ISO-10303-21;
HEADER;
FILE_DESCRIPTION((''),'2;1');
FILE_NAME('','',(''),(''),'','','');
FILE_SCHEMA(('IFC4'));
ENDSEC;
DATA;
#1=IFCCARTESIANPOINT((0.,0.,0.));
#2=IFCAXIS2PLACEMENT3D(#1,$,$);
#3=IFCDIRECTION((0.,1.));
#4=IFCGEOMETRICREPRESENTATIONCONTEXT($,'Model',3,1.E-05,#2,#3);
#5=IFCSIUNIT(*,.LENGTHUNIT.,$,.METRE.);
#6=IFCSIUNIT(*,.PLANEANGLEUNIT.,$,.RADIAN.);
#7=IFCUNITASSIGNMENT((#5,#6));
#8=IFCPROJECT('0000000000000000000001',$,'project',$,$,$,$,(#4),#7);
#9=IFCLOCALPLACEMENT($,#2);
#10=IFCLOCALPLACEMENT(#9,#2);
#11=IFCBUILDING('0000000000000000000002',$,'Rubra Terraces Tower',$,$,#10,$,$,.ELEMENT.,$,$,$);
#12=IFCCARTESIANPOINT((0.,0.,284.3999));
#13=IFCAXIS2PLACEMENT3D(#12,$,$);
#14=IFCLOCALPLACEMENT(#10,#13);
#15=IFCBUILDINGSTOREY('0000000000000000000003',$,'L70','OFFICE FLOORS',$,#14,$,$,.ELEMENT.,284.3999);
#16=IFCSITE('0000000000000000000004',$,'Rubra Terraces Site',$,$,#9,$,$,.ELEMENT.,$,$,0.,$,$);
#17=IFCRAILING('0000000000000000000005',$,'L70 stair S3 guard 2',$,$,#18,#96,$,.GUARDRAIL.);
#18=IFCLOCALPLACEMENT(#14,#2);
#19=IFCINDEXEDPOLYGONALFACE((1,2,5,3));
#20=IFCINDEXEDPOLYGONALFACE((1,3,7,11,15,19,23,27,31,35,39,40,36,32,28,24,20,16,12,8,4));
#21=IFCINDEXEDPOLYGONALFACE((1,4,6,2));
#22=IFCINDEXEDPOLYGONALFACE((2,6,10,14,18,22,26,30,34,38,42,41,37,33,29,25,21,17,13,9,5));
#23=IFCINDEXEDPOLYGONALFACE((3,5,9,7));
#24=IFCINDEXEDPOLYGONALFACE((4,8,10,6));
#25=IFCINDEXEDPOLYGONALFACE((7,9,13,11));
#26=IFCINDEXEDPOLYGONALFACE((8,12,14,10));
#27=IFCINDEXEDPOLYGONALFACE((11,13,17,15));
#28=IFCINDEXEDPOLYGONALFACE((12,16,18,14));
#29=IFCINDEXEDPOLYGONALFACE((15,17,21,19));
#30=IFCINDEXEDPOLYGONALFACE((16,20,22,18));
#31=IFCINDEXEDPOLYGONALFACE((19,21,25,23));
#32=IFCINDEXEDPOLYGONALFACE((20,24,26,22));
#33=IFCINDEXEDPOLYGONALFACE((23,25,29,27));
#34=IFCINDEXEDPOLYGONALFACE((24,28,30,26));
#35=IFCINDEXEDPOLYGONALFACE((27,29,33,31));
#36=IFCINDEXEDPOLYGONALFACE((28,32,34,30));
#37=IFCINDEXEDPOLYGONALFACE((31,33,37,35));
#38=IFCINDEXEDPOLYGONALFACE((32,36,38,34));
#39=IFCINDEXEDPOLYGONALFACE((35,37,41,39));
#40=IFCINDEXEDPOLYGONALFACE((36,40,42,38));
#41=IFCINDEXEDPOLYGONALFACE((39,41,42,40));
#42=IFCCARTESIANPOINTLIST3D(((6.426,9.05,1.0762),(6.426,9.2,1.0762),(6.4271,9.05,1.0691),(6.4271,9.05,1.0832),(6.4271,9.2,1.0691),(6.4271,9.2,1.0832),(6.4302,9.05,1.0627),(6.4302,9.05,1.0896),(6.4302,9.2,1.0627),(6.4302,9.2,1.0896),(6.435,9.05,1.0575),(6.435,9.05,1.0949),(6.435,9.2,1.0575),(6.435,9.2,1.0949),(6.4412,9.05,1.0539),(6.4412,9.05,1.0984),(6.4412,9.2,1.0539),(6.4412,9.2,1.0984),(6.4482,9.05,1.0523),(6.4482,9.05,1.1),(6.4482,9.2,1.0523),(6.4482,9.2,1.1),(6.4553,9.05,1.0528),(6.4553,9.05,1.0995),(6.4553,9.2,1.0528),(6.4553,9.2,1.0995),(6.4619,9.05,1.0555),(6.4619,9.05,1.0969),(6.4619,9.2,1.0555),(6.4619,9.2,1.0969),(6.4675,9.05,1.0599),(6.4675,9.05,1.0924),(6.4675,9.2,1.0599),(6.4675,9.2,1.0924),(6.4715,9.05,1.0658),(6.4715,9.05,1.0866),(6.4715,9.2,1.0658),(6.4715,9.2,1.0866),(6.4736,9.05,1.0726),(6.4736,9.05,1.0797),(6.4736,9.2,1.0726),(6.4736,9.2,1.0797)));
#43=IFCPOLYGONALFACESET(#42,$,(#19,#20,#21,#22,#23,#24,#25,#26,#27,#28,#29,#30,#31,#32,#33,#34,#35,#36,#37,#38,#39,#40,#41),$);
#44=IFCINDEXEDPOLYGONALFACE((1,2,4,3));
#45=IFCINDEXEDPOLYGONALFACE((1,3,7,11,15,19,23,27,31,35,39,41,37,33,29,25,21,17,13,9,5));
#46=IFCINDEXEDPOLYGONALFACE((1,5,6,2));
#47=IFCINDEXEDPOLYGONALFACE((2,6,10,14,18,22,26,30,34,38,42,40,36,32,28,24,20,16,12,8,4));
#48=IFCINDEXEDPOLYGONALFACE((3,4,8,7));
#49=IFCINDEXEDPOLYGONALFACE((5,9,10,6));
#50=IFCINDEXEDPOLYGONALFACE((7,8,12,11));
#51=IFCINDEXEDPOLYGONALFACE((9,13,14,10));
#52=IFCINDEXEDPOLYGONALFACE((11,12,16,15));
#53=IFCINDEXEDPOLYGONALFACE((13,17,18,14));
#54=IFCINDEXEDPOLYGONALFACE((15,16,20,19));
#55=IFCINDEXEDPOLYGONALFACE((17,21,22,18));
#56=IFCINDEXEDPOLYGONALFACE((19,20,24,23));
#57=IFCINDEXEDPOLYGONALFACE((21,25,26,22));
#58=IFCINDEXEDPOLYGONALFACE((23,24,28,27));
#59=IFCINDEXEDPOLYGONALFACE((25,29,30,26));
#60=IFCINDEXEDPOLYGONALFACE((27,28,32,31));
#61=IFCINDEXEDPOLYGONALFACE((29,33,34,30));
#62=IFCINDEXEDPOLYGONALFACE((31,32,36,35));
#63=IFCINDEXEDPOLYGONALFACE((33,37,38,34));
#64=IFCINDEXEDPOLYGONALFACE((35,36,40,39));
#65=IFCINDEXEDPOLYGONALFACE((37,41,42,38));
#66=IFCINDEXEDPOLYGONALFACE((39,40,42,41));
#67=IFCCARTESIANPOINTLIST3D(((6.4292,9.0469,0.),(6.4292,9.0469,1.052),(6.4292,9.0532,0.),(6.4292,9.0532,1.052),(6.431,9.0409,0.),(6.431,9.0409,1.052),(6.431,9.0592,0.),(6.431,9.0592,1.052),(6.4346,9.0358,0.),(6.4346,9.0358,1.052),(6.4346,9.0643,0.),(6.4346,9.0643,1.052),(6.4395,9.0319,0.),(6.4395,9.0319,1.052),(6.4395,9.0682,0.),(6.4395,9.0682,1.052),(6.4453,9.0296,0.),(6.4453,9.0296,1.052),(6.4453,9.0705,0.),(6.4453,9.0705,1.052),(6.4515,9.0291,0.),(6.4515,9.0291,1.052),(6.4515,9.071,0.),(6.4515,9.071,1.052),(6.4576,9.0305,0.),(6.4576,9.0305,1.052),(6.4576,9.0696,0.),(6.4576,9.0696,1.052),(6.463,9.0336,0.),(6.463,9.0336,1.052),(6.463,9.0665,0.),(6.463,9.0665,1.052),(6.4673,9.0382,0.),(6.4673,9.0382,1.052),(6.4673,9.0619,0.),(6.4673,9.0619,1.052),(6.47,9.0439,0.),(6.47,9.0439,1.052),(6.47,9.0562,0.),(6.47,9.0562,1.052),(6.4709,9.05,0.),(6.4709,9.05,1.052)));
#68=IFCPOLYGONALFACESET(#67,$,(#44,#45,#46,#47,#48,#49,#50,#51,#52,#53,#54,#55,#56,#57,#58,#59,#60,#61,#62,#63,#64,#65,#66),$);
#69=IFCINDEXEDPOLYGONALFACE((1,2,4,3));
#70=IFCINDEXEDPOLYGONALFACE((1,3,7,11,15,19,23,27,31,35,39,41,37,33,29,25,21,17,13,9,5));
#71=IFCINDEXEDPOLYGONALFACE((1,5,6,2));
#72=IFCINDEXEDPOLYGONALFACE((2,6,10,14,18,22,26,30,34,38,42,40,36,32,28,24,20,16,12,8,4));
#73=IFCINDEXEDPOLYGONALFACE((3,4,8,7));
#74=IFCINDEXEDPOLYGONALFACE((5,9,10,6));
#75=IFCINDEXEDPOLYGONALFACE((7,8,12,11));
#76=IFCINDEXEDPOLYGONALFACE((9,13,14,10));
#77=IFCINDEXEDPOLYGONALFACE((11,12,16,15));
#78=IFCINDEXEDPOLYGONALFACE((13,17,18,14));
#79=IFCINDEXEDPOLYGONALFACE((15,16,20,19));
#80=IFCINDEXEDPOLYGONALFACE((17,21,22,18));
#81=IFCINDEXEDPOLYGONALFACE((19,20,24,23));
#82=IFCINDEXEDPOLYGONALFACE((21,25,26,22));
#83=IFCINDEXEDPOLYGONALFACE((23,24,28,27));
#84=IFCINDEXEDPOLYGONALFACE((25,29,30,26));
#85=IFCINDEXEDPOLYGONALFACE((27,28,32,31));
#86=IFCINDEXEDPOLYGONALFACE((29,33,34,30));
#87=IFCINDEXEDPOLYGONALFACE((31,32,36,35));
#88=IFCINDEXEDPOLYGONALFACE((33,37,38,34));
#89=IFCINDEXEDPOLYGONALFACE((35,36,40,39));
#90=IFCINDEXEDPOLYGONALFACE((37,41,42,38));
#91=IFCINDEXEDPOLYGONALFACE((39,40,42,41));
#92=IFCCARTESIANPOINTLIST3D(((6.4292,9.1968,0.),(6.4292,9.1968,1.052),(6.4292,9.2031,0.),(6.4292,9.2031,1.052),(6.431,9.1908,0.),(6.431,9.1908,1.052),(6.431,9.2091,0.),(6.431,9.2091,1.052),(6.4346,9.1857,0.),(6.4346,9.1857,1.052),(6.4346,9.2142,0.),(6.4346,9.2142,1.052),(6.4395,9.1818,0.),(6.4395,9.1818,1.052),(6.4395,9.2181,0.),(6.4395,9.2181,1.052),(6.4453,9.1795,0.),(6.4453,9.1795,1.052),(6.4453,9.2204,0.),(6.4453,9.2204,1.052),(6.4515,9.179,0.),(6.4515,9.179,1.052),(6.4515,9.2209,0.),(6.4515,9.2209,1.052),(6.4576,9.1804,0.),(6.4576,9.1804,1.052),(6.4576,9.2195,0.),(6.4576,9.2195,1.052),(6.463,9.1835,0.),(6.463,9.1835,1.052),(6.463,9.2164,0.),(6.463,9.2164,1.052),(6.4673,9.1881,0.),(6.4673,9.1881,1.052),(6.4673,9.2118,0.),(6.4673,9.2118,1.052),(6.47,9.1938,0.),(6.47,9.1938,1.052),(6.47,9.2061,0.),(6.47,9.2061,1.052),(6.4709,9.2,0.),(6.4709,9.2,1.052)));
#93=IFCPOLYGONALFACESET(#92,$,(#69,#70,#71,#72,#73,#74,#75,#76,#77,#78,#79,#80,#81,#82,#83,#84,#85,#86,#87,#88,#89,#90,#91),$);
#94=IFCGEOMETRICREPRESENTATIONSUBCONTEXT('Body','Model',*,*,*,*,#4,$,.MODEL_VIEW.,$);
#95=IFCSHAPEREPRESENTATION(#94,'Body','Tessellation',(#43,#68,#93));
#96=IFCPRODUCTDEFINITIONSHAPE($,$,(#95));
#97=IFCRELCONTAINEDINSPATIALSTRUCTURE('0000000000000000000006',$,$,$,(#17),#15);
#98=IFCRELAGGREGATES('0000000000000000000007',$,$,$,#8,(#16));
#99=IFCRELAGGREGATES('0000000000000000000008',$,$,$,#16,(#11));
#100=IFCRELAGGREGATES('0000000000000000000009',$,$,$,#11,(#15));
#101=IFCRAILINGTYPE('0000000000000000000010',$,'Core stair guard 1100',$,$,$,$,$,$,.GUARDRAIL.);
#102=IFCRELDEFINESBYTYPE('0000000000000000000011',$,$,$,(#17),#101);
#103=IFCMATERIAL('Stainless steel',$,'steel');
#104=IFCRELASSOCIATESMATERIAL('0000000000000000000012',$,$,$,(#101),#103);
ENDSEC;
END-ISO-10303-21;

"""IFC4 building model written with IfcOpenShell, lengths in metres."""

from ifc_helpers import new_model, si_unit, direction, frame, origin, origin_2d, place, context, subcontext, project, spatial, circle, extrude, material, type_object, element, save


model = new_model("IFC4")

# Units and contexts
model_context = context("Model", 3, precision=1e-05, world=origin(), true_north=direction((0.0, 1.0)))
body_context = subcontext(model_context, "Body", "Model", "MODEL_VIEW")
ifc_project = project(units=[si_unit("LENGTHUNIT", "METRE"), si_unit("PLANEANGLEUNIT", "RADIAN")], contexts=[model_context])

# Site, building, storey
site_placement = place(None, origin())
site = spatial("IfcSite", under=ifc_project, at=site_placement, Name="Rubra Terraces Site", CompositionType="ELEMENT", RefElevation=0.0)
building_placement = place(site_placement, origin())
building = spatial("IfcBuilding", under=site, at=building_placement, Name="Rubra Terraces Tower", CompositionType="ELEMENT")
storey_placement = place(building_placement, frame((0.0, 0.0, 284.3999)))
storey = spatial("IfcBuildingStorey", under=building, at=storey_placement, Name="L70", Description="OFFICE FLOORS", CompositionType="ELEMENT", Elevation=284.3999)

# Shared definitions
ifc_material_1 = material(Name="Stainless steel", Category="steel")

# Railing
railing_type_1 = type_object("IfcRailingType", Name="Core stair guard 1100", PredefinedType="GUARDRAIL", material=ifc_material_1)
railing_1_placement = place(storey_placement, frame((6.45, 9.05, 0.0)))
element("IfcRailing", 1, at=railing_1_placement, inside=storey, type_object=railing_type_1, Name="L70 stair S3 guard 2", PredefinedType="GUARDRAIL", context=body_context, shape_type="SweptSolid", body=[
    extrude(circle(Radius=0.0239, at=origin_2d()), frame((0.0, 0.0, 1.0762), z_axis=(0.0, 1.0, 0.0), x_axis=(-1.0, 0.0, 0.0)), (0.0, 0.0, 1.0), 0.1499),
    extrude(circle(Radius=0.021, at=origin_2d()), origin(), (0.0, 0.0, 1.0), 1.052),
    extrude(circle(Radius=0.021, at=origin_2d()), frame((0.0, 0.1499, 0.0)), (0.0, 0.0, 1.0), 1.052),
])

save(model, "model.ifc")
